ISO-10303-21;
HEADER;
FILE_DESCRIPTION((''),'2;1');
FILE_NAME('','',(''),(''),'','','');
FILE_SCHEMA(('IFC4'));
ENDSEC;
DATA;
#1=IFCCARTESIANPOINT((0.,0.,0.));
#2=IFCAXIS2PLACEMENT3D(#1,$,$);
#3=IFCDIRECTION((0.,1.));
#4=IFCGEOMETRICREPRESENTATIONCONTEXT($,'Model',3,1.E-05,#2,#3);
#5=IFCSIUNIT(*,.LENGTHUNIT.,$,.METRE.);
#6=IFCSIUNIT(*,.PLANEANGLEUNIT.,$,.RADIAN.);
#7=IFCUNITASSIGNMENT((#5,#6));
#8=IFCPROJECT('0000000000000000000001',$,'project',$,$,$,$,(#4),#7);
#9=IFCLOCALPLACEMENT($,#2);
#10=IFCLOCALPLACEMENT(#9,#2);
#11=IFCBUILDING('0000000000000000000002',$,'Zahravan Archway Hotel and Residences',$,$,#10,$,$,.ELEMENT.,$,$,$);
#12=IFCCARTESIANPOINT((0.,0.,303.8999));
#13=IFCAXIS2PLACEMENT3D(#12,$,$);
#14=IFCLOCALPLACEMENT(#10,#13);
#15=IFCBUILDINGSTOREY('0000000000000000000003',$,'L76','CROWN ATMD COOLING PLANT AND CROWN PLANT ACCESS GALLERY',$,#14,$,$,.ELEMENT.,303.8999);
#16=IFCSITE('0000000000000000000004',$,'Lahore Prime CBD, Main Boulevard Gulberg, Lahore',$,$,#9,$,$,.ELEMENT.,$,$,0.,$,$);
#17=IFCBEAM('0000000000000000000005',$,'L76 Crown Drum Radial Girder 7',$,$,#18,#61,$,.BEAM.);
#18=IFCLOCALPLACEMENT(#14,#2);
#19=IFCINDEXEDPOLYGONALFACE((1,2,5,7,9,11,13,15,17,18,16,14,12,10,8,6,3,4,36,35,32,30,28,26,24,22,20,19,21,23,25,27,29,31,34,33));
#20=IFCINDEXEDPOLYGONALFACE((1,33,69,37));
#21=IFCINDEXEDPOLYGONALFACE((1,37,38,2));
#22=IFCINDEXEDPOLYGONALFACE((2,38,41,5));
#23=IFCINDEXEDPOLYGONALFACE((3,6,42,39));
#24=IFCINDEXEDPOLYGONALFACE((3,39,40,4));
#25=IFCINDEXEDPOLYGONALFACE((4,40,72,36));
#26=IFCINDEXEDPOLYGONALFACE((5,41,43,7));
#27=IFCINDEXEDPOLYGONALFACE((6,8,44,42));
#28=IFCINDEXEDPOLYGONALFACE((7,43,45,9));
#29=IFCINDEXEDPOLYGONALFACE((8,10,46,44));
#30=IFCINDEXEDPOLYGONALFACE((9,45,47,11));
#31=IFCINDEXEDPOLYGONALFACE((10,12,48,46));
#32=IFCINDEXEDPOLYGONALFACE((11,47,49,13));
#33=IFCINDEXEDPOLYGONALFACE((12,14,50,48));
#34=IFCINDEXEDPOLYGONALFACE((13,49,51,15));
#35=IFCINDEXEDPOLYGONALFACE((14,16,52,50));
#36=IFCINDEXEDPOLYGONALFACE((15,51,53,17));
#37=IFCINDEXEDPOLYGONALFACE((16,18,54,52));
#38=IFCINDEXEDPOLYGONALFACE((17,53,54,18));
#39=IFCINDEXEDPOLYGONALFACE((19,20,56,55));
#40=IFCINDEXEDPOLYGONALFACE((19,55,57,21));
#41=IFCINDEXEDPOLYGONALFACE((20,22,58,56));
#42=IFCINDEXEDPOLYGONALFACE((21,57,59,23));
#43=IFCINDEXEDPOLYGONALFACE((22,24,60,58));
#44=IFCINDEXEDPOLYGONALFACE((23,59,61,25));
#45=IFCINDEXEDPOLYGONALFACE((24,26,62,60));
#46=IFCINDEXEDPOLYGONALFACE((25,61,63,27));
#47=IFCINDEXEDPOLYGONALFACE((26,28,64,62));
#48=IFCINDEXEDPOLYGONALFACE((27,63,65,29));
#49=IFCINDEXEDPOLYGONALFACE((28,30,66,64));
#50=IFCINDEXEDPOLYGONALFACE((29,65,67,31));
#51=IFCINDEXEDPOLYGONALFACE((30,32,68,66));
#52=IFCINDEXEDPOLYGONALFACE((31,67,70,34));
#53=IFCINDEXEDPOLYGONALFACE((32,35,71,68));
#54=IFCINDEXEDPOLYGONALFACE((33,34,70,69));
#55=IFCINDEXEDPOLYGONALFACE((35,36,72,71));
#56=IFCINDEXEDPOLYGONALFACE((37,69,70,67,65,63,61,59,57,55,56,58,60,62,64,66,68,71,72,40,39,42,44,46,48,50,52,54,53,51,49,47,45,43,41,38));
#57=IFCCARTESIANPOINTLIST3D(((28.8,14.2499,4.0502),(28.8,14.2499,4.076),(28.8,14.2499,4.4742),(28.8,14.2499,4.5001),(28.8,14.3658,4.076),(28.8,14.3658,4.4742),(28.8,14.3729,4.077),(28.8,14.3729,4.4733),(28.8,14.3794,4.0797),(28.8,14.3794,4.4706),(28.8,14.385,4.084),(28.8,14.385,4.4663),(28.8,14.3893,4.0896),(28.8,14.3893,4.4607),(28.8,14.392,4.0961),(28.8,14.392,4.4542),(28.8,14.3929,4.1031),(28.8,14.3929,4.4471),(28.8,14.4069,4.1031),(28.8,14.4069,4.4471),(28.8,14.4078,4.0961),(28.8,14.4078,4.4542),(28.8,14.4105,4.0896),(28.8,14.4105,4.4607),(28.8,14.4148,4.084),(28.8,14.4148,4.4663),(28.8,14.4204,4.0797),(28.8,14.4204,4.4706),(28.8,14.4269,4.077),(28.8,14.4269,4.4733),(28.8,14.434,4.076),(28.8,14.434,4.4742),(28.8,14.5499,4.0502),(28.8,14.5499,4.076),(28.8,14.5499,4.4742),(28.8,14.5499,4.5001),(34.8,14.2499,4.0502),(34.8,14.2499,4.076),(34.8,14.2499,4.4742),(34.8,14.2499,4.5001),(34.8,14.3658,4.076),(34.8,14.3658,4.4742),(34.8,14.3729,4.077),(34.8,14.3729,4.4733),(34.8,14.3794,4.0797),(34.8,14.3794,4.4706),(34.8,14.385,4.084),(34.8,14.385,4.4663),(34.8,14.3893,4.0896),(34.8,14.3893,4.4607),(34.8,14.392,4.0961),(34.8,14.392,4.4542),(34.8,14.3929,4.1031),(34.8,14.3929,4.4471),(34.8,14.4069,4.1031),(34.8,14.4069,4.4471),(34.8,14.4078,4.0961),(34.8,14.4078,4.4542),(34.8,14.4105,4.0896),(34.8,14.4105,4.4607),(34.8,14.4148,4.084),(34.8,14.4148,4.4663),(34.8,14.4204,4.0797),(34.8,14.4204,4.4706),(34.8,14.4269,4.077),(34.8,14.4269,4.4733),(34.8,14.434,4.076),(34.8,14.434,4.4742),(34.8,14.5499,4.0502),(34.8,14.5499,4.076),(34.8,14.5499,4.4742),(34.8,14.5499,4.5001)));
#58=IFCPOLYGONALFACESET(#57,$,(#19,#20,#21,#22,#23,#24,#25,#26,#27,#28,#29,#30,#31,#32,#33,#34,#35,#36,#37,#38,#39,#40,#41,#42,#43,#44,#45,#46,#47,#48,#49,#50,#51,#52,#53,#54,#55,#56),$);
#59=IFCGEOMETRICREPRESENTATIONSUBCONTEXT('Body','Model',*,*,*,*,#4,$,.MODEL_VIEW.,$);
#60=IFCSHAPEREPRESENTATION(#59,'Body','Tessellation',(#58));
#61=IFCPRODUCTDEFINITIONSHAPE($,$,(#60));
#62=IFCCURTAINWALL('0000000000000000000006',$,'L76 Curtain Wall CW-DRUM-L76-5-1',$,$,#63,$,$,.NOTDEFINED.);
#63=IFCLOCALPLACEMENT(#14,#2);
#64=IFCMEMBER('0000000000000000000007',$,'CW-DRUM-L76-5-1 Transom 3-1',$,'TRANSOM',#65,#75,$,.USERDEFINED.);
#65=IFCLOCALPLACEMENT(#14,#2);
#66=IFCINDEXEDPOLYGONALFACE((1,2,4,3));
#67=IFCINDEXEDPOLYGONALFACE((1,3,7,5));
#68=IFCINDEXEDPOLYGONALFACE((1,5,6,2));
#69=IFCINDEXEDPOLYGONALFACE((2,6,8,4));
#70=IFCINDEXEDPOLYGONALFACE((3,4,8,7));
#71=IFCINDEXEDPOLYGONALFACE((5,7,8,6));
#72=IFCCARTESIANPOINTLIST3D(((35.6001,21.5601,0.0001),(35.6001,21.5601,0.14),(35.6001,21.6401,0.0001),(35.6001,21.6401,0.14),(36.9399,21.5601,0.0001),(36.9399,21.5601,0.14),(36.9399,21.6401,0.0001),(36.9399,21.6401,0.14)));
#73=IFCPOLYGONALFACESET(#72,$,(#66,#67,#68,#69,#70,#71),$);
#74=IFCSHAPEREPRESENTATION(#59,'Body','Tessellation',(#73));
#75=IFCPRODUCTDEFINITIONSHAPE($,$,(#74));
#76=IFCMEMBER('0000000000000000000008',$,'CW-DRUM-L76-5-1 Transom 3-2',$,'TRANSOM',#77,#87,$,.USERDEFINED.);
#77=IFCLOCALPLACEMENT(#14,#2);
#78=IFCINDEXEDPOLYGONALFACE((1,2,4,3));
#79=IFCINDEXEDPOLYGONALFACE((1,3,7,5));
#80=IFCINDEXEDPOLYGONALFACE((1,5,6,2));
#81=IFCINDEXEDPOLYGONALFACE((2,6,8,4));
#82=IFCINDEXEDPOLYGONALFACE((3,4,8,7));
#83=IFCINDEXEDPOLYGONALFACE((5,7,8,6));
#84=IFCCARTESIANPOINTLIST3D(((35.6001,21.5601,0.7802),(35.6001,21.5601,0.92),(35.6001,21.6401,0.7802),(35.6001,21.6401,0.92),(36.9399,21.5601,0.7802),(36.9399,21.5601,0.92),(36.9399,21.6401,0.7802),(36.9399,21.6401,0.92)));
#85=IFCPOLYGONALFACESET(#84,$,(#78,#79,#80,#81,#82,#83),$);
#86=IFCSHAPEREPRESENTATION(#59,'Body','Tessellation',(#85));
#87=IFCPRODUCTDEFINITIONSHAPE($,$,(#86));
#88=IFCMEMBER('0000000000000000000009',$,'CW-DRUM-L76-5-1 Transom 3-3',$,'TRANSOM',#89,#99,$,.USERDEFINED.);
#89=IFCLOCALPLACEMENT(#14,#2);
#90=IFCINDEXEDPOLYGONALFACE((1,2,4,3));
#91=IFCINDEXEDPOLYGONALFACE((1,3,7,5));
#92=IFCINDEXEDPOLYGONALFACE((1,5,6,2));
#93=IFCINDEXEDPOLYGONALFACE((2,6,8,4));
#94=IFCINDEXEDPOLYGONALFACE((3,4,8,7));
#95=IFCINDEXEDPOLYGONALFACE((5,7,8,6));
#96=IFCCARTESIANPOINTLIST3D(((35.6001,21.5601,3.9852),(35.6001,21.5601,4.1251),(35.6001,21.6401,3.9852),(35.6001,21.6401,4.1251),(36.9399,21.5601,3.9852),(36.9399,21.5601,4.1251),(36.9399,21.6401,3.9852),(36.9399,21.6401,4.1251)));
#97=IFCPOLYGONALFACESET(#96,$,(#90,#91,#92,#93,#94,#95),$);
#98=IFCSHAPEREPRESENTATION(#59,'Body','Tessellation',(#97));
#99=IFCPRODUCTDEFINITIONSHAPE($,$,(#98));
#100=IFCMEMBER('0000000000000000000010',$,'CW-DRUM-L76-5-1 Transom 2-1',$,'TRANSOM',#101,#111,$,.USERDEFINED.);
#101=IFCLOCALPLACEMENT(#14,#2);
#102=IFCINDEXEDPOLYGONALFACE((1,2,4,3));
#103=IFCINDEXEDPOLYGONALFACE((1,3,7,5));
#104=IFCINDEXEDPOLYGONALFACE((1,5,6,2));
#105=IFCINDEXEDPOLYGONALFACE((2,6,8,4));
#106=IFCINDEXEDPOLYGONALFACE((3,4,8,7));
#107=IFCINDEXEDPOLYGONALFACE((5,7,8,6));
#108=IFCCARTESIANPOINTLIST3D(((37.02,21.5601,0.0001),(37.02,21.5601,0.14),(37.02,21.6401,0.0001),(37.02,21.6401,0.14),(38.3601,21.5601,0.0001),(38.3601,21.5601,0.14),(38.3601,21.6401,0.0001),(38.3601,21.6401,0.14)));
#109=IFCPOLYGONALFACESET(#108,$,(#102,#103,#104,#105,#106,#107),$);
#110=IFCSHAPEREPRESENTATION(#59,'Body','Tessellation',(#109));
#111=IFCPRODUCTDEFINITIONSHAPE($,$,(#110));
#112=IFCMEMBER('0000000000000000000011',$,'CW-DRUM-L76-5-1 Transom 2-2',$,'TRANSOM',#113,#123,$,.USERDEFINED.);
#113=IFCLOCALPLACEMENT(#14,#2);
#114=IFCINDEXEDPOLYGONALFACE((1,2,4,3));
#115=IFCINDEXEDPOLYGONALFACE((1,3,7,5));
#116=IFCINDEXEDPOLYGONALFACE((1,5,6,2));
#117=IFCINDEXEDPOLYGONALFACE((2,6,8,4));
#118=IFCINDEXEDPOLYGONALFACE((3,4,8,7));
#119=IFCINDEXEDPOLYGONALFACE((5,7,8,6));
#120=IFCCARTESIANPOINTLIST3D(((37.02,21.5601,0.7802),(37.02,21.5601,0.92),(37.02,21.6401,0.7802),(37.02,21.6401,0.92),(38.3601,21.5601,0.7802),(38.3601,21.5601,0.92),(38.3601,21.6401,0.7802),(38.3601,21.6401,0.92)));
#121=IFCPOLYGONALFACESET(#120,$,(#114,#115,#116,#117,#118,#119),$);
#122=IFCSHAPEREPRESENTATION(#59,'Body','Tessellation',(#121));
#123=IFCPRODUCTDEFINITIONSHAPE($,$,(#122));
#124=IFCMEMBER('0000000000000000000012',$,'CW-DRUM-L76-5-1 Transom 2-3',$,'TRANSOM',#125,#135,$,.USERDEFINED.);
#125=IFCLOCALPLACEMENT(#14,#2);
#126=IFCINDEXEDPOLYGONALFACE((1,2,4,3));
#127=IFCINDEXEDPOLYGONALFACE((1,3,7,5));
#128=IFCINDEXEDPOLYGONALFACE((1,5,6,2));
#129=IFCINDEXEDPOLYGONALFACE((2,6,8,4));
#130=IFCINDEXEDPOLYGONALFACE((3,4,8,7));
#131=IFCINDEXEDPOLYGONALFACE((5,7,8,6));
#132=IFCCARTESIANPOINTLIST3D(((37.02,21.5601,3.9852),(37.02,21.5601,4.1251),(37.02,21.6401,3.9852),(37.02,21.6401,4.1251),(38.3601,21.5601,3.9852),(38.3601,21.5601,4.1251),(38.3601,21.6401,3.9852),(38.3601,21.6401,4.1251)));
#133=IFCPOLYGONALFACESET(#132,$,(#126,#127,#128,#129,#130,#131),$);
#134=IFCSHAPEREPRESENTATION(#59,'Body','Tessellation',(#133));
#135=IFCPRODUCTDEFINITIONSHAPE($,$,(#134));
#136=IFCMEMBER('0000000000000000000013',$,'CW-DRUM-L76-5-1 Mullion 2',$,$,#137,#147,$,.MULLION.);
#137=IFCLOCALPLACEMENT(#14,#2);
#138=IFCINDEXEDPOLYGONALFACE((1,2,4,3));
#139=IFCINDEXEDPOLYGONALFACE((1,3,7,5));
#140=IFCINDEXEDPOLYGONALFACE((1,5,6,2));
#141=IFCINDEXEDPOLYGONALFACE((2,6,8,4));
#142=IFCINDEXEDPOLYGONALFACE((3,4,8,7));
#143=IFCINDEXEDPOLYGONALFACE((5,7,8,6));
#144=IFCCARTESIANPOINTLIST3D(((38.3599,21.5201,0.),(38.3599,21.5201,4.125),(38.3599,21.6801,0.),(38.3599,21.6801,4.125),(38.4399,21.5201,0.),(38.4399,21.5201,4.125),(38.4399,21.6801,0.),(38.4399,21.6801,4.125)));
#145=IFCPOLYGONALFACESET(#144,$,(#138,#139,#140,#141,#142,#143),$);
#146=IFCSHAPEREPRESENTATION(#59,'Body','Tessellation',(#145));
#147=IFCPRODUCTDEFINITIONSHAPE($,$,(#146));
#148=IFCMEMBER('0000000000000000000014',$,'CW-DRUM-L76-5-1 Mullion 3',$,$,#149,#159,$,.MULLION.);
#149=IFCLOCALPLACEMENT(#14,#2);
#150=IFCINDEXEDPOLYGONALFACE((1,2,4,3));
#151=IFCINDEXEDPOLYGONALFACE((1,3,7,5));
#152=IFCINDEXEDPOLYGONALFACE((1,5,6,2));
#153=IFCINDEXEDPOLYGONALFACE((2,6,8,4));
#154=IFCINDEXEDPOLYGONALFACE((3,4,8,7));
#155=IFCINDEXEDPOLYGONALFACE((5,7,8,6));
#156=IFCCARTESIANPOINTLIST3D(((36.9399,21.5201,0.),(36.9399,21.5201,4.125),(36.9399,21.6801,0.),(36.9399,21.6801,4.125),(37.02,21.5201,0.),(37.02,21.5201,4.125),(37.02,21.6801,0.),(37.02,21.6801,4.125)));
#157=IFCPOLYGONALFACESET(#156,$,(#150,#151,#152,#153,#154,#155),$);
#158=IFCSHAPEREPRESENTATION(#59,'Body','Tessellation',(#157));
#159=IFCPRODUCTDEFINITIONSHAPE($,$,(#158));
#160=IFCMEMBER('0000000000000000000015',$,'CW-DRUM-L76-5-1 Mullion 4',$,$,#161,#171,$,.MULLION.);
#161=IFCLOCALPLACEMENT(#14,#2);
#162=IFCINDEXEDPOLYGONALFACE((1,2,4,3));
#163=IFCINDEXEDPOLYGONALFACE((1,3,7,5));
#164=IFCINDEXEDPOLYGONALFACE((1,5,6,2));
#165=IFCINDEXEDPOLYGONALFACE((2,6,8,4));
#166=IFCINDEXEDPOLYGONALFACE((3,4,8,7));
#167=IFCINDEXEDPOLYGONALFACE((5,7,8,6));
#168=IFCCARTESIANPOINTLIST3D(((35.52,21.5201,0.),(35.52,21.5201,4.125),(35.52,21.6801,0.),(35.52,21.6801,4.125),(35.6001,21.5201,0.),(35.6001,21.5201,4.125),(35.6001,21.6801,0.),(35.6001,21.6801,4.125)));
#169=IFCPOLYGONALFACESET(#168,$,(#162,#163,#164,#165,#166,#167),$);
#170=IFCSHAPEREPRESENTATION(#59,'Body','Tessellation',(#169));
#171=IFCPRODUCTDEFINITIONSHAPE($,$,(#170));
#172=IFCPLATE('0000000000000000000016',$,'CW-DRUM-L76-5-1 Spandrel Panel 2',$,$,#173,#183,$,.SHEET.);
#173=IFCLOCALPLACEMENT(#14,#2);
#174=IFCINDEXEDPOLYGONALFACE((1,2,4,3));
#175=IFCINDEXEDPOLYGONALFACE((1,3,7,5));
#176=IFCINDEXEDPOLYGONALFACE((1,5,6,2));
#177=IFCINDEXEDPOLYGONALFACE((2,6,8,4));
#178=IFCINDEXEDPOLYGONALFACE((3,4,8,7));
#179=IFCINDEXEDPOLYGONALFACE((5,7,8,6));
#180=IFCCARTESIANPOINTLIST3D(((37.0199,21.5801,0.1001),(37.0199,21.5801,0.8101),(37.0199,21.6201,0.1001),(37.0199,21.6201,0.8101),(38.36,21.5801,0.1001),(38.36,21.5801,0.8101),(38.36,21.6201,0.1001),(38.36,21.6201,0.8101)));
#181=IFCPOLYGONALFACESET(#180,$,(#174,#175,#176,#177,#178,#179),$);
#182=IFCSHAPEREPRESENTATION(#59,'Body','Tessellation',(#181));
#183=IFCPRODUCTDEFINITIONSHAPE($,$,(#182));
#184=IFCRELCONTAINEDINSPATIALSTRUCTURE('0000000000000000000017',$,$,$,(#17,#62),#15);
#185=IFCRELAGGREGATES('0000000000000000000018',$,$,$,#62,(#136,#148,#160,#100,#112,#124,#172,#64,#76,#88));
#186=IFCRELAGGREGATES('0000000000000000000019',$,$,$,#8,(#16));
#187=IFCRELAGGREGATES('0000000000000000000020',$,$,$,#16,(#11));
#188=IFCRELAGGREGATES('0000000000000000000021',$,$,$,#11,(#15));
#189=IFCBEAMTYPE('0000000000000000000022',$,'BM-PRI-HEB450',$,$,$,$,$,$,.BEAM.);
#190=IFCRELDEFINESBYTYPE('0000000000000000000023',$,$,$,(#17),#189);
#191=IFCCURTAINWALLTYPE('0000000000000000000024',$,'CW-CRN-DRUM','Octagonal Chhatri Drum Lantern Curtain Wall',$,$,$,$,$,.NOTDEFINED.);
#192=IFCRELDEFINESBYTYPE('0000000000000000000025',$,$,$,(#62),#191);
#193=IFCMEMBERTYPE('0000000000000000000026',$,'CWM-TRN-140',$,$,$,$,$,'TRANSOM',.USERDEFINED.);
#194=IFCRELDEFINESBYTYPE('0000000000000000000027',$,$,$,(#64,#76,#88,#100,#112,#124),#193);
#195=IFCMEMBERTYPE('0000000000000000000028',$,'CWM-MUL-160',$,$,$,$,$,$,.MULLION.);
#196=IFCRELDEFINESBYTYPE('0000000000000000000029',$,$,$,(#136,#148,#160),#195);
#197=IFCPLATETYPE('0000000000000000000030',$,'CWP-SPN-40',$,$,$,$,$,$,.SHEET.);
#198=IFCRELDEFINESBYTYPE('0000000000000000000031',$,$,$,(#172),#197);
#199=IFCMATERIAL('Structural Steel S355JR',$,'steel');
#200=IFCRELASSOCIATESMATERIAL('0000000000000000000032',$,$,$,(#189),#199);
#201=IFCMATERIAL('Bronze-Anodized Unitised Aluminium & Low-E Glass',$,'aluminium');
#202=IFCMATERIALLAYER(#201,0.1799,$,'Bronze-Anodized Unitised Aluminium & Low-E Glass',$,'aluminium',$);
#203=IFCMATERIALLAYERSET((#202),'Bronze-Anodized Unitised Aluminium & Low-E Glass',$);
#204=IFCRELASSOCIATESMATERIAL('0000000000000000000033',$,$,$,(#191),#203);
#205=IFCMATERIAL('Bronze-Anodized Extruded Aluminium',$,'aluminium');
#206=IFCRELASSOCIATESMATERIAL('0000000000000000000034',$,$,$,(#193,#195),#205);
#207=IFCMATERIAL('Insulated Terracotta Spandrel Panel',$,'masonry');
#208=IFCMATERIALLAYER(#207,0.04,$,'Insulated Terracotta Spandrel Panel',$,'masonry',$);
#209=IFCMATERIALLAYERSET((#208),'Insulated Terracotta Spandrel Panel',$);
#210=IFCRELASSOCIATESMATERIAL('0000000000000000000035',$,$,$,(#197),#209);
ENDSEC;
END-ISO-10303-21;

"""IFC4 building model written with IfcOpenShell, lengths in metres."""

from ifc_helpers import new_model, si_unit, direction, frame, origin, origin_2d, place, context, subcontext, project, spatial, rectangle, i_section, extrude, source, transform, mapped, material, layer, layer_set, material_profile, profile_set, type_object, element, aggregate, save


model = new_model("IFC4")

# Units and contexts
model_context = context("Model", 3, precision=1e-05, world=origin(), true_north=direction((0.0, 1.0)))
body_context = subcontext(model_context, "Body", "Model", "MODEL_VIEW")
ifc_project = project(units=[si_unit("LENGTHUNIT", "METRE"), si_unit("PLANEANGLEUNIT", "RADIAN")], contexts=[model_context])

# Site, building, storey
site_placement = place(None, origin())
site = spatial("IfcSite", under=ifc_project, at=site_placement, Name="Lahore Prime CBD, Main Boulevard Gulberg, Lahore", CompositionType="ELEMENT", RefElevation=0.0)
building_placement = place(site_placement, origin())
building = spatial("IfcBuilding", under=site, at=building_placement, Name="Zahravan Archway Hotel and Residences", CompositionType="ELEMENT")
storey_placement = place(building_placement, frame((0.0, 0.0, 303.8999)))
storey = spatial("IfcBuildingStorey", under=building, at=storey_placement, Name="L76", Description="CROWN ATMD COOLING PLANT AND CROWN PLANT ACCESS GALLERY", CompositionType="ELEMENT", Elevation=303.8999)

# Beam
ifc_material_1 = material(Name="Structural Steel S355JR", Category="steel")
ifc_material_profile_1 = material_profile(ifc_material_1, i_section(OverallWidth=0.3, OverallDepth=0.45, WebThickness=0.0139, FlangeThickness=0.0259, FilletRadius=0.0271, at=origin_2d()), Name="HEB 450", Category="steel")
ifc_profile_set_1 = profile_set([ifc_material_profile_1], Name="Structural Steel S355JR")
beam_type = type_object("IfcBeamType", Name="BM-PRI-HEB450", PredefinedType="BEAM", material=ifc_profile_set_1)
shared_shape_1 = source(origin(), body_context, "Body", "SweptSolid", [
    extrude(i_section(OverallWidth=0.3, OverallDepth=0.45, WebThickness=0.0139, FlangeThickness=0.0259, FilletRadius=0.0271, at=origin_2d()), origin(), (0.0, 0.0, 1.0), 6.0),
])
beam_placement = place(storey_placement, frame((34.8, 14.3999, 4.2751), z_axis=(-1.0, 0.0, 0.0), x_axis=(0.0, -1.0, 0.0)))
element("IfcBeam", 1, at=beam_placement, inside=storey, type_object=beam_type, Name="L76 Crown Drum Radial Girder 7", PredefinedType="BEAM", context=body_context, shape_type="MappedRepresentation", body=[
    mapped(shared_shape_1, transform((0.0, 0.0, 0.0), scale=1.0)),
])

# Curtain wall, members, plate
ifc_material_2 = material(Name="Bronze-Anodized Unitised Aluminium & Low-E Glass", Category="aluminium")
ifc_layer_1 = layer(ifc_material_2, 0.1799, Name="Bronze-Anodized Unitised Aluminium & Low-E Glass", Category="aluminium")
ifc_layer_set_1 = layer_set([ifc_layer_1], Name="Bronze-Anodized Unitised Aluminium & Low-E Glass")
curtain_wall_type = type_object("IfcCurtainWallType", Name="CW-CRN-DRUM", Description="Octagonal Chhatri Drum Lantern Curtain Wall", PredefinedType="NOTDEFINED", material=ifc_layer_set_1)
curtain_wall_placement = place(storey_placement, origin())
curtain_wall = element("IfcCurtainWall", 2, at=curtain_wall_placement, inside=storey, type_object=curtain_wall_type, Name="L76 Curtain Wall CW-DRUM-L76-5-1", PredefinedType="NOTDEFINED")
ifc_material_3 = material(Name="Bronze-Anodized Extruded Aluminium", Category="aluminium")
ifc_material_profile_2 = material_profile(ifc_material_3, rectangle(XDim=0.0801, YDim=0.1399, at=origin_2d()), Name="TRN 80x140", Category="aluminium")
ifc_profile_set_2 = profile_set([ifc_material_profile_2], Name="Bronze-Anodized Extruded Aluminium")
member_type_1 = type_object("IfcMemberType", Name="CWM-TRN-140", ElementType="TRANSOM", PredefinedType="USERDEFINED", material=ifc_profile_set_2)
shared_shape_2 = source(origin(), body_context, "Body", "SweptSolid", [
    extrude(rectangle(XDim=0.0801, YDim=0.1399, at=origin_2d()), origin(), (0.0, 0.0, 1.0), 1.3398),
])
member_1_placement = place(storey_placement, frame((36.9399, 21.6001, 0.0701), z_axis=(-1.0, 0.0, 0.0), x_axis=(0.0, -1.0, 0.0)))
member_1 = element("IfcMember", 3, at=member_1_placement, type_object=member_type_1, Name="CW-DRUM-L76-5-1 Transom 3-1", ObjectType="TRANSOM", PredefinedType="USERDEFINED", context=body_context, shape_type="MappedRepresentation", body=[
    mapped(shared_shape_2, transform((0.0, 0.0, 0.0), scale=1.0)),
])
member_2_placement = place(storey_placement, frame((36.9399, 21.6001, 0.8501), z_axis=(-1.0, 0.0, 0.0), x_axis=(0.0, -1.0, 0.0)))
member_2 = element("IfcMember", 4, at=member_2_placement, type_object=member_type_1, Name="CW-DRUM-L76-5-1 Transom 3-2", ObjectType="TRANSOM", PredefinedType="USERDEFINED", context=body_context, shape_type="MappedRepresentation", body=[
    mapped(shared_shape_2, transform((0.0, 0.0, 0.0), scale=1.0)),
])
member_3_placement = place(storey_placement, frame((36.9399, 21.6001, 4.0552), z_axis=(-1.0, 0.0, 0.0), x_axis=(0.0, -1.0, 0.0)))
member_3 = element("IfcMember", 5, at=member_3_placement, type_object=member_type_1, Name="CW-DRUM-L76-5-1 Transom 3-3", ObjectType="TRANSOM", PredefinedType="USERDEFINED", context=body_context, shape_type="MappedRepresentation", body=[
    mapped(shared_shape_2, transform((0.0, 0.0, 0.0), scale=1.0)),
])
shared_shape_3 = source(origin(), body_context, "Body", "SweptSolid", [
    extrude(rectangle(XDim=0.0801, YDim=0.1399, at=origin_2d()), origin(), (0.0, 0.0, 1.0), 1.3401),
])
member_4_placement = place(storey_placement, frame((38.3601, 21.6001, 0.0701), z_axis=(-1.0, 0.0, 0.0), x_axis=(0.0, -1.0, 0.0)))
member_4 = element("IfcMember", 6, at=member_4_placement, type_object=member_type_1, Name="CW-DRUM-L76-5-1 Transom 2-1", ObjectType="TRANSOM", PredefinedType="USERDEFINED", context=body_context, shape_type="MappedRepresentation", body=[
    mapped(shared_shape_3, transform((0.0, 0.0, 0.0), scale=1.0)),
])
member_5_placement = place(storey_placement, frame((38.3601, 21.6001, 0.8501), z_axis=(-1.0, 0.0, 0.0), x_axis=(0.0, -1.0, 0.0)))
member_5 = element("IfcMember", 7, at=member_5_placement, type_object=member_type_1, Name="CW-DRUM-L76-5-1 Transom 2-2", ObjectType="TRANSOM", PredefinedType="USERDEFINED", context=body_context, shape_type="MappedRepresentation", body=[
    mapped(shared_shape_3, transform((0.0, 0.0, 0.0), scale=1.0)),
])
member_6_placement = place(storey_placement, frame((38.3601, 21.6001, 4.0552), z_axis=(-1.0, 0.0, 0.0), x_axis=(0.0, -1.0, 0.0)))
member_6 = element("IfcMember", 8, at=member_6_placement, type_object=member_type_1, Name="CW-DRUM-L76-5-1 Transom 2-3", ObjectType="TRANSOM", PredefinedType="USERDEFINED", context=body_context, shape_type="MappedRepresentation", body=[
    mapped(shared_shape_3, transform((0.0, 0.0, 0.0), scale=1.0)),
])
ifc_material_profile_3 = material_profile(ifc_material_3, rectangle(XDim=0.0801, YDim=0.1599, at=origin_2d()), Name="MUL 80x160", Category="aluminium")
ifc_profile_set_3 = profile_set([ifc_material_profile_3], Name="Bronze-Anodized Extruded Aluminium")
member_type_2 = type_object("IfcMemberType", Name="CWM-MUL-160", PredefinedType="MULLION", material=ifc_profile_set_3)
shared_shape_4 = source(origin(), body_context, "Body", "SweptSolid", [
    extrude(rectangle(XDim=0.0801, YDim=0.1599, at=origin_2d()), origin(), (0.0, 0.0, 1.0), 4.125),
])
member_7_placement = place(storey_placement, frame((38.3999, 21.6001, 0.0), z_axis=(0.0, 0.0, 1.0), x_axis=(1.0, 0.0, 0.0)))
member_7 = element("IfcMember", 9, at=member_7_placement, type_object=member_type_2, Name="CW-DRUM-L76-5-1 Mullion 2", PredefinedType="MULLION", context=body_context, shape_type="MappedRepresentation", body=[
    mapped(shared_shape_4, transform((0.0, 0.0, 0.0), scale=1.0)),
])
member_8_placement = place(storey_placement, frame((36.98, 21.6001, 0.0), z_axis=(0.0, 0.0, 1.0), x_axis=(1.0, 0.0, 0.0)))
member_8 = element("IfcMember", 10, at=member_8_placement, type_object=member_type_2, Name="CW-DRUM-L76-5-1 Mullion 3", PredefinedType="MULLION", context=body_context, shape_type="MappedRepresentation", body=[
    mapped(shared_shape_4, transform((0.0, 0.0, 0.0), scale=1.0)),
])
member_9_placement = place(storey_placement, frame((35.5601, 21.6001, 0.0), z_axis=(0.0, 0.0, 1.0), x_axis=(1.0, 0.0, 0.0)))
member_9 = element("IfcMember", 11, at=member_9_placement, type_object=member_type_2, Name="CW-DRUM-L76-5-1 Mullion 4", PredefinedType="MULLION", context=body_context, shape_type="MappedRepresentation", body=[
    mapped(shared_shape_4, transform((0.0, 0.0, 0.0), scale=1.0)),
])
ifc_material_4 = material(Name="Insulated Terracotta Spandrel Panel", Category="masonry")
ifc_layer_2 = layer(ifc_material_4, 0.04, Name="Insulated Terracotta Spandrel Panel", Category="masonry")
ifc_layer_set_2 = layer_set([ifc_layer_2], Name="Insulated Terracotta Spandrel Panel")
plate_type_1 = type_object("IfcPlateType", Name="CWP-SPN-40", PredefinedType="SHEET", material=ifc_layer_set_2)
shared_shape_5 = source(origin(), body_context, "Body", "SweptSolid", [
    extrude(rectangle(XDim=1.3401, YDim=0.04, at=origin_2d()), origin(), (0.0, 0.0, 1.0), 0.71),
])
plate_1_placement = place(storey_placement, frame((37.6899, 21.6001, 0.1001), z_axis=(0.0, 0.0, 1.0), x_axis=(-1.0, 0.0, 0.0)))
plate_1 = element("IfcPlate", 12, at=plate_1_placement, type_object=plate_type_1, Name="CW-DRUM-L76-5-1 Spandrel Panel 2", PredefinedType="SHEET", context=body_context, shape_type="MappedRepresentation", body=[
    mapped(shared_shape_5, transform((0.0, 0.0, 0.0), scale=1.0)),
])
aggregate(curtain_wall, [member_7, member_8, member_9, member_4, member_5, member_6, plate_1, member_1, member_2, member_3])

save(model, "model.ifc")
